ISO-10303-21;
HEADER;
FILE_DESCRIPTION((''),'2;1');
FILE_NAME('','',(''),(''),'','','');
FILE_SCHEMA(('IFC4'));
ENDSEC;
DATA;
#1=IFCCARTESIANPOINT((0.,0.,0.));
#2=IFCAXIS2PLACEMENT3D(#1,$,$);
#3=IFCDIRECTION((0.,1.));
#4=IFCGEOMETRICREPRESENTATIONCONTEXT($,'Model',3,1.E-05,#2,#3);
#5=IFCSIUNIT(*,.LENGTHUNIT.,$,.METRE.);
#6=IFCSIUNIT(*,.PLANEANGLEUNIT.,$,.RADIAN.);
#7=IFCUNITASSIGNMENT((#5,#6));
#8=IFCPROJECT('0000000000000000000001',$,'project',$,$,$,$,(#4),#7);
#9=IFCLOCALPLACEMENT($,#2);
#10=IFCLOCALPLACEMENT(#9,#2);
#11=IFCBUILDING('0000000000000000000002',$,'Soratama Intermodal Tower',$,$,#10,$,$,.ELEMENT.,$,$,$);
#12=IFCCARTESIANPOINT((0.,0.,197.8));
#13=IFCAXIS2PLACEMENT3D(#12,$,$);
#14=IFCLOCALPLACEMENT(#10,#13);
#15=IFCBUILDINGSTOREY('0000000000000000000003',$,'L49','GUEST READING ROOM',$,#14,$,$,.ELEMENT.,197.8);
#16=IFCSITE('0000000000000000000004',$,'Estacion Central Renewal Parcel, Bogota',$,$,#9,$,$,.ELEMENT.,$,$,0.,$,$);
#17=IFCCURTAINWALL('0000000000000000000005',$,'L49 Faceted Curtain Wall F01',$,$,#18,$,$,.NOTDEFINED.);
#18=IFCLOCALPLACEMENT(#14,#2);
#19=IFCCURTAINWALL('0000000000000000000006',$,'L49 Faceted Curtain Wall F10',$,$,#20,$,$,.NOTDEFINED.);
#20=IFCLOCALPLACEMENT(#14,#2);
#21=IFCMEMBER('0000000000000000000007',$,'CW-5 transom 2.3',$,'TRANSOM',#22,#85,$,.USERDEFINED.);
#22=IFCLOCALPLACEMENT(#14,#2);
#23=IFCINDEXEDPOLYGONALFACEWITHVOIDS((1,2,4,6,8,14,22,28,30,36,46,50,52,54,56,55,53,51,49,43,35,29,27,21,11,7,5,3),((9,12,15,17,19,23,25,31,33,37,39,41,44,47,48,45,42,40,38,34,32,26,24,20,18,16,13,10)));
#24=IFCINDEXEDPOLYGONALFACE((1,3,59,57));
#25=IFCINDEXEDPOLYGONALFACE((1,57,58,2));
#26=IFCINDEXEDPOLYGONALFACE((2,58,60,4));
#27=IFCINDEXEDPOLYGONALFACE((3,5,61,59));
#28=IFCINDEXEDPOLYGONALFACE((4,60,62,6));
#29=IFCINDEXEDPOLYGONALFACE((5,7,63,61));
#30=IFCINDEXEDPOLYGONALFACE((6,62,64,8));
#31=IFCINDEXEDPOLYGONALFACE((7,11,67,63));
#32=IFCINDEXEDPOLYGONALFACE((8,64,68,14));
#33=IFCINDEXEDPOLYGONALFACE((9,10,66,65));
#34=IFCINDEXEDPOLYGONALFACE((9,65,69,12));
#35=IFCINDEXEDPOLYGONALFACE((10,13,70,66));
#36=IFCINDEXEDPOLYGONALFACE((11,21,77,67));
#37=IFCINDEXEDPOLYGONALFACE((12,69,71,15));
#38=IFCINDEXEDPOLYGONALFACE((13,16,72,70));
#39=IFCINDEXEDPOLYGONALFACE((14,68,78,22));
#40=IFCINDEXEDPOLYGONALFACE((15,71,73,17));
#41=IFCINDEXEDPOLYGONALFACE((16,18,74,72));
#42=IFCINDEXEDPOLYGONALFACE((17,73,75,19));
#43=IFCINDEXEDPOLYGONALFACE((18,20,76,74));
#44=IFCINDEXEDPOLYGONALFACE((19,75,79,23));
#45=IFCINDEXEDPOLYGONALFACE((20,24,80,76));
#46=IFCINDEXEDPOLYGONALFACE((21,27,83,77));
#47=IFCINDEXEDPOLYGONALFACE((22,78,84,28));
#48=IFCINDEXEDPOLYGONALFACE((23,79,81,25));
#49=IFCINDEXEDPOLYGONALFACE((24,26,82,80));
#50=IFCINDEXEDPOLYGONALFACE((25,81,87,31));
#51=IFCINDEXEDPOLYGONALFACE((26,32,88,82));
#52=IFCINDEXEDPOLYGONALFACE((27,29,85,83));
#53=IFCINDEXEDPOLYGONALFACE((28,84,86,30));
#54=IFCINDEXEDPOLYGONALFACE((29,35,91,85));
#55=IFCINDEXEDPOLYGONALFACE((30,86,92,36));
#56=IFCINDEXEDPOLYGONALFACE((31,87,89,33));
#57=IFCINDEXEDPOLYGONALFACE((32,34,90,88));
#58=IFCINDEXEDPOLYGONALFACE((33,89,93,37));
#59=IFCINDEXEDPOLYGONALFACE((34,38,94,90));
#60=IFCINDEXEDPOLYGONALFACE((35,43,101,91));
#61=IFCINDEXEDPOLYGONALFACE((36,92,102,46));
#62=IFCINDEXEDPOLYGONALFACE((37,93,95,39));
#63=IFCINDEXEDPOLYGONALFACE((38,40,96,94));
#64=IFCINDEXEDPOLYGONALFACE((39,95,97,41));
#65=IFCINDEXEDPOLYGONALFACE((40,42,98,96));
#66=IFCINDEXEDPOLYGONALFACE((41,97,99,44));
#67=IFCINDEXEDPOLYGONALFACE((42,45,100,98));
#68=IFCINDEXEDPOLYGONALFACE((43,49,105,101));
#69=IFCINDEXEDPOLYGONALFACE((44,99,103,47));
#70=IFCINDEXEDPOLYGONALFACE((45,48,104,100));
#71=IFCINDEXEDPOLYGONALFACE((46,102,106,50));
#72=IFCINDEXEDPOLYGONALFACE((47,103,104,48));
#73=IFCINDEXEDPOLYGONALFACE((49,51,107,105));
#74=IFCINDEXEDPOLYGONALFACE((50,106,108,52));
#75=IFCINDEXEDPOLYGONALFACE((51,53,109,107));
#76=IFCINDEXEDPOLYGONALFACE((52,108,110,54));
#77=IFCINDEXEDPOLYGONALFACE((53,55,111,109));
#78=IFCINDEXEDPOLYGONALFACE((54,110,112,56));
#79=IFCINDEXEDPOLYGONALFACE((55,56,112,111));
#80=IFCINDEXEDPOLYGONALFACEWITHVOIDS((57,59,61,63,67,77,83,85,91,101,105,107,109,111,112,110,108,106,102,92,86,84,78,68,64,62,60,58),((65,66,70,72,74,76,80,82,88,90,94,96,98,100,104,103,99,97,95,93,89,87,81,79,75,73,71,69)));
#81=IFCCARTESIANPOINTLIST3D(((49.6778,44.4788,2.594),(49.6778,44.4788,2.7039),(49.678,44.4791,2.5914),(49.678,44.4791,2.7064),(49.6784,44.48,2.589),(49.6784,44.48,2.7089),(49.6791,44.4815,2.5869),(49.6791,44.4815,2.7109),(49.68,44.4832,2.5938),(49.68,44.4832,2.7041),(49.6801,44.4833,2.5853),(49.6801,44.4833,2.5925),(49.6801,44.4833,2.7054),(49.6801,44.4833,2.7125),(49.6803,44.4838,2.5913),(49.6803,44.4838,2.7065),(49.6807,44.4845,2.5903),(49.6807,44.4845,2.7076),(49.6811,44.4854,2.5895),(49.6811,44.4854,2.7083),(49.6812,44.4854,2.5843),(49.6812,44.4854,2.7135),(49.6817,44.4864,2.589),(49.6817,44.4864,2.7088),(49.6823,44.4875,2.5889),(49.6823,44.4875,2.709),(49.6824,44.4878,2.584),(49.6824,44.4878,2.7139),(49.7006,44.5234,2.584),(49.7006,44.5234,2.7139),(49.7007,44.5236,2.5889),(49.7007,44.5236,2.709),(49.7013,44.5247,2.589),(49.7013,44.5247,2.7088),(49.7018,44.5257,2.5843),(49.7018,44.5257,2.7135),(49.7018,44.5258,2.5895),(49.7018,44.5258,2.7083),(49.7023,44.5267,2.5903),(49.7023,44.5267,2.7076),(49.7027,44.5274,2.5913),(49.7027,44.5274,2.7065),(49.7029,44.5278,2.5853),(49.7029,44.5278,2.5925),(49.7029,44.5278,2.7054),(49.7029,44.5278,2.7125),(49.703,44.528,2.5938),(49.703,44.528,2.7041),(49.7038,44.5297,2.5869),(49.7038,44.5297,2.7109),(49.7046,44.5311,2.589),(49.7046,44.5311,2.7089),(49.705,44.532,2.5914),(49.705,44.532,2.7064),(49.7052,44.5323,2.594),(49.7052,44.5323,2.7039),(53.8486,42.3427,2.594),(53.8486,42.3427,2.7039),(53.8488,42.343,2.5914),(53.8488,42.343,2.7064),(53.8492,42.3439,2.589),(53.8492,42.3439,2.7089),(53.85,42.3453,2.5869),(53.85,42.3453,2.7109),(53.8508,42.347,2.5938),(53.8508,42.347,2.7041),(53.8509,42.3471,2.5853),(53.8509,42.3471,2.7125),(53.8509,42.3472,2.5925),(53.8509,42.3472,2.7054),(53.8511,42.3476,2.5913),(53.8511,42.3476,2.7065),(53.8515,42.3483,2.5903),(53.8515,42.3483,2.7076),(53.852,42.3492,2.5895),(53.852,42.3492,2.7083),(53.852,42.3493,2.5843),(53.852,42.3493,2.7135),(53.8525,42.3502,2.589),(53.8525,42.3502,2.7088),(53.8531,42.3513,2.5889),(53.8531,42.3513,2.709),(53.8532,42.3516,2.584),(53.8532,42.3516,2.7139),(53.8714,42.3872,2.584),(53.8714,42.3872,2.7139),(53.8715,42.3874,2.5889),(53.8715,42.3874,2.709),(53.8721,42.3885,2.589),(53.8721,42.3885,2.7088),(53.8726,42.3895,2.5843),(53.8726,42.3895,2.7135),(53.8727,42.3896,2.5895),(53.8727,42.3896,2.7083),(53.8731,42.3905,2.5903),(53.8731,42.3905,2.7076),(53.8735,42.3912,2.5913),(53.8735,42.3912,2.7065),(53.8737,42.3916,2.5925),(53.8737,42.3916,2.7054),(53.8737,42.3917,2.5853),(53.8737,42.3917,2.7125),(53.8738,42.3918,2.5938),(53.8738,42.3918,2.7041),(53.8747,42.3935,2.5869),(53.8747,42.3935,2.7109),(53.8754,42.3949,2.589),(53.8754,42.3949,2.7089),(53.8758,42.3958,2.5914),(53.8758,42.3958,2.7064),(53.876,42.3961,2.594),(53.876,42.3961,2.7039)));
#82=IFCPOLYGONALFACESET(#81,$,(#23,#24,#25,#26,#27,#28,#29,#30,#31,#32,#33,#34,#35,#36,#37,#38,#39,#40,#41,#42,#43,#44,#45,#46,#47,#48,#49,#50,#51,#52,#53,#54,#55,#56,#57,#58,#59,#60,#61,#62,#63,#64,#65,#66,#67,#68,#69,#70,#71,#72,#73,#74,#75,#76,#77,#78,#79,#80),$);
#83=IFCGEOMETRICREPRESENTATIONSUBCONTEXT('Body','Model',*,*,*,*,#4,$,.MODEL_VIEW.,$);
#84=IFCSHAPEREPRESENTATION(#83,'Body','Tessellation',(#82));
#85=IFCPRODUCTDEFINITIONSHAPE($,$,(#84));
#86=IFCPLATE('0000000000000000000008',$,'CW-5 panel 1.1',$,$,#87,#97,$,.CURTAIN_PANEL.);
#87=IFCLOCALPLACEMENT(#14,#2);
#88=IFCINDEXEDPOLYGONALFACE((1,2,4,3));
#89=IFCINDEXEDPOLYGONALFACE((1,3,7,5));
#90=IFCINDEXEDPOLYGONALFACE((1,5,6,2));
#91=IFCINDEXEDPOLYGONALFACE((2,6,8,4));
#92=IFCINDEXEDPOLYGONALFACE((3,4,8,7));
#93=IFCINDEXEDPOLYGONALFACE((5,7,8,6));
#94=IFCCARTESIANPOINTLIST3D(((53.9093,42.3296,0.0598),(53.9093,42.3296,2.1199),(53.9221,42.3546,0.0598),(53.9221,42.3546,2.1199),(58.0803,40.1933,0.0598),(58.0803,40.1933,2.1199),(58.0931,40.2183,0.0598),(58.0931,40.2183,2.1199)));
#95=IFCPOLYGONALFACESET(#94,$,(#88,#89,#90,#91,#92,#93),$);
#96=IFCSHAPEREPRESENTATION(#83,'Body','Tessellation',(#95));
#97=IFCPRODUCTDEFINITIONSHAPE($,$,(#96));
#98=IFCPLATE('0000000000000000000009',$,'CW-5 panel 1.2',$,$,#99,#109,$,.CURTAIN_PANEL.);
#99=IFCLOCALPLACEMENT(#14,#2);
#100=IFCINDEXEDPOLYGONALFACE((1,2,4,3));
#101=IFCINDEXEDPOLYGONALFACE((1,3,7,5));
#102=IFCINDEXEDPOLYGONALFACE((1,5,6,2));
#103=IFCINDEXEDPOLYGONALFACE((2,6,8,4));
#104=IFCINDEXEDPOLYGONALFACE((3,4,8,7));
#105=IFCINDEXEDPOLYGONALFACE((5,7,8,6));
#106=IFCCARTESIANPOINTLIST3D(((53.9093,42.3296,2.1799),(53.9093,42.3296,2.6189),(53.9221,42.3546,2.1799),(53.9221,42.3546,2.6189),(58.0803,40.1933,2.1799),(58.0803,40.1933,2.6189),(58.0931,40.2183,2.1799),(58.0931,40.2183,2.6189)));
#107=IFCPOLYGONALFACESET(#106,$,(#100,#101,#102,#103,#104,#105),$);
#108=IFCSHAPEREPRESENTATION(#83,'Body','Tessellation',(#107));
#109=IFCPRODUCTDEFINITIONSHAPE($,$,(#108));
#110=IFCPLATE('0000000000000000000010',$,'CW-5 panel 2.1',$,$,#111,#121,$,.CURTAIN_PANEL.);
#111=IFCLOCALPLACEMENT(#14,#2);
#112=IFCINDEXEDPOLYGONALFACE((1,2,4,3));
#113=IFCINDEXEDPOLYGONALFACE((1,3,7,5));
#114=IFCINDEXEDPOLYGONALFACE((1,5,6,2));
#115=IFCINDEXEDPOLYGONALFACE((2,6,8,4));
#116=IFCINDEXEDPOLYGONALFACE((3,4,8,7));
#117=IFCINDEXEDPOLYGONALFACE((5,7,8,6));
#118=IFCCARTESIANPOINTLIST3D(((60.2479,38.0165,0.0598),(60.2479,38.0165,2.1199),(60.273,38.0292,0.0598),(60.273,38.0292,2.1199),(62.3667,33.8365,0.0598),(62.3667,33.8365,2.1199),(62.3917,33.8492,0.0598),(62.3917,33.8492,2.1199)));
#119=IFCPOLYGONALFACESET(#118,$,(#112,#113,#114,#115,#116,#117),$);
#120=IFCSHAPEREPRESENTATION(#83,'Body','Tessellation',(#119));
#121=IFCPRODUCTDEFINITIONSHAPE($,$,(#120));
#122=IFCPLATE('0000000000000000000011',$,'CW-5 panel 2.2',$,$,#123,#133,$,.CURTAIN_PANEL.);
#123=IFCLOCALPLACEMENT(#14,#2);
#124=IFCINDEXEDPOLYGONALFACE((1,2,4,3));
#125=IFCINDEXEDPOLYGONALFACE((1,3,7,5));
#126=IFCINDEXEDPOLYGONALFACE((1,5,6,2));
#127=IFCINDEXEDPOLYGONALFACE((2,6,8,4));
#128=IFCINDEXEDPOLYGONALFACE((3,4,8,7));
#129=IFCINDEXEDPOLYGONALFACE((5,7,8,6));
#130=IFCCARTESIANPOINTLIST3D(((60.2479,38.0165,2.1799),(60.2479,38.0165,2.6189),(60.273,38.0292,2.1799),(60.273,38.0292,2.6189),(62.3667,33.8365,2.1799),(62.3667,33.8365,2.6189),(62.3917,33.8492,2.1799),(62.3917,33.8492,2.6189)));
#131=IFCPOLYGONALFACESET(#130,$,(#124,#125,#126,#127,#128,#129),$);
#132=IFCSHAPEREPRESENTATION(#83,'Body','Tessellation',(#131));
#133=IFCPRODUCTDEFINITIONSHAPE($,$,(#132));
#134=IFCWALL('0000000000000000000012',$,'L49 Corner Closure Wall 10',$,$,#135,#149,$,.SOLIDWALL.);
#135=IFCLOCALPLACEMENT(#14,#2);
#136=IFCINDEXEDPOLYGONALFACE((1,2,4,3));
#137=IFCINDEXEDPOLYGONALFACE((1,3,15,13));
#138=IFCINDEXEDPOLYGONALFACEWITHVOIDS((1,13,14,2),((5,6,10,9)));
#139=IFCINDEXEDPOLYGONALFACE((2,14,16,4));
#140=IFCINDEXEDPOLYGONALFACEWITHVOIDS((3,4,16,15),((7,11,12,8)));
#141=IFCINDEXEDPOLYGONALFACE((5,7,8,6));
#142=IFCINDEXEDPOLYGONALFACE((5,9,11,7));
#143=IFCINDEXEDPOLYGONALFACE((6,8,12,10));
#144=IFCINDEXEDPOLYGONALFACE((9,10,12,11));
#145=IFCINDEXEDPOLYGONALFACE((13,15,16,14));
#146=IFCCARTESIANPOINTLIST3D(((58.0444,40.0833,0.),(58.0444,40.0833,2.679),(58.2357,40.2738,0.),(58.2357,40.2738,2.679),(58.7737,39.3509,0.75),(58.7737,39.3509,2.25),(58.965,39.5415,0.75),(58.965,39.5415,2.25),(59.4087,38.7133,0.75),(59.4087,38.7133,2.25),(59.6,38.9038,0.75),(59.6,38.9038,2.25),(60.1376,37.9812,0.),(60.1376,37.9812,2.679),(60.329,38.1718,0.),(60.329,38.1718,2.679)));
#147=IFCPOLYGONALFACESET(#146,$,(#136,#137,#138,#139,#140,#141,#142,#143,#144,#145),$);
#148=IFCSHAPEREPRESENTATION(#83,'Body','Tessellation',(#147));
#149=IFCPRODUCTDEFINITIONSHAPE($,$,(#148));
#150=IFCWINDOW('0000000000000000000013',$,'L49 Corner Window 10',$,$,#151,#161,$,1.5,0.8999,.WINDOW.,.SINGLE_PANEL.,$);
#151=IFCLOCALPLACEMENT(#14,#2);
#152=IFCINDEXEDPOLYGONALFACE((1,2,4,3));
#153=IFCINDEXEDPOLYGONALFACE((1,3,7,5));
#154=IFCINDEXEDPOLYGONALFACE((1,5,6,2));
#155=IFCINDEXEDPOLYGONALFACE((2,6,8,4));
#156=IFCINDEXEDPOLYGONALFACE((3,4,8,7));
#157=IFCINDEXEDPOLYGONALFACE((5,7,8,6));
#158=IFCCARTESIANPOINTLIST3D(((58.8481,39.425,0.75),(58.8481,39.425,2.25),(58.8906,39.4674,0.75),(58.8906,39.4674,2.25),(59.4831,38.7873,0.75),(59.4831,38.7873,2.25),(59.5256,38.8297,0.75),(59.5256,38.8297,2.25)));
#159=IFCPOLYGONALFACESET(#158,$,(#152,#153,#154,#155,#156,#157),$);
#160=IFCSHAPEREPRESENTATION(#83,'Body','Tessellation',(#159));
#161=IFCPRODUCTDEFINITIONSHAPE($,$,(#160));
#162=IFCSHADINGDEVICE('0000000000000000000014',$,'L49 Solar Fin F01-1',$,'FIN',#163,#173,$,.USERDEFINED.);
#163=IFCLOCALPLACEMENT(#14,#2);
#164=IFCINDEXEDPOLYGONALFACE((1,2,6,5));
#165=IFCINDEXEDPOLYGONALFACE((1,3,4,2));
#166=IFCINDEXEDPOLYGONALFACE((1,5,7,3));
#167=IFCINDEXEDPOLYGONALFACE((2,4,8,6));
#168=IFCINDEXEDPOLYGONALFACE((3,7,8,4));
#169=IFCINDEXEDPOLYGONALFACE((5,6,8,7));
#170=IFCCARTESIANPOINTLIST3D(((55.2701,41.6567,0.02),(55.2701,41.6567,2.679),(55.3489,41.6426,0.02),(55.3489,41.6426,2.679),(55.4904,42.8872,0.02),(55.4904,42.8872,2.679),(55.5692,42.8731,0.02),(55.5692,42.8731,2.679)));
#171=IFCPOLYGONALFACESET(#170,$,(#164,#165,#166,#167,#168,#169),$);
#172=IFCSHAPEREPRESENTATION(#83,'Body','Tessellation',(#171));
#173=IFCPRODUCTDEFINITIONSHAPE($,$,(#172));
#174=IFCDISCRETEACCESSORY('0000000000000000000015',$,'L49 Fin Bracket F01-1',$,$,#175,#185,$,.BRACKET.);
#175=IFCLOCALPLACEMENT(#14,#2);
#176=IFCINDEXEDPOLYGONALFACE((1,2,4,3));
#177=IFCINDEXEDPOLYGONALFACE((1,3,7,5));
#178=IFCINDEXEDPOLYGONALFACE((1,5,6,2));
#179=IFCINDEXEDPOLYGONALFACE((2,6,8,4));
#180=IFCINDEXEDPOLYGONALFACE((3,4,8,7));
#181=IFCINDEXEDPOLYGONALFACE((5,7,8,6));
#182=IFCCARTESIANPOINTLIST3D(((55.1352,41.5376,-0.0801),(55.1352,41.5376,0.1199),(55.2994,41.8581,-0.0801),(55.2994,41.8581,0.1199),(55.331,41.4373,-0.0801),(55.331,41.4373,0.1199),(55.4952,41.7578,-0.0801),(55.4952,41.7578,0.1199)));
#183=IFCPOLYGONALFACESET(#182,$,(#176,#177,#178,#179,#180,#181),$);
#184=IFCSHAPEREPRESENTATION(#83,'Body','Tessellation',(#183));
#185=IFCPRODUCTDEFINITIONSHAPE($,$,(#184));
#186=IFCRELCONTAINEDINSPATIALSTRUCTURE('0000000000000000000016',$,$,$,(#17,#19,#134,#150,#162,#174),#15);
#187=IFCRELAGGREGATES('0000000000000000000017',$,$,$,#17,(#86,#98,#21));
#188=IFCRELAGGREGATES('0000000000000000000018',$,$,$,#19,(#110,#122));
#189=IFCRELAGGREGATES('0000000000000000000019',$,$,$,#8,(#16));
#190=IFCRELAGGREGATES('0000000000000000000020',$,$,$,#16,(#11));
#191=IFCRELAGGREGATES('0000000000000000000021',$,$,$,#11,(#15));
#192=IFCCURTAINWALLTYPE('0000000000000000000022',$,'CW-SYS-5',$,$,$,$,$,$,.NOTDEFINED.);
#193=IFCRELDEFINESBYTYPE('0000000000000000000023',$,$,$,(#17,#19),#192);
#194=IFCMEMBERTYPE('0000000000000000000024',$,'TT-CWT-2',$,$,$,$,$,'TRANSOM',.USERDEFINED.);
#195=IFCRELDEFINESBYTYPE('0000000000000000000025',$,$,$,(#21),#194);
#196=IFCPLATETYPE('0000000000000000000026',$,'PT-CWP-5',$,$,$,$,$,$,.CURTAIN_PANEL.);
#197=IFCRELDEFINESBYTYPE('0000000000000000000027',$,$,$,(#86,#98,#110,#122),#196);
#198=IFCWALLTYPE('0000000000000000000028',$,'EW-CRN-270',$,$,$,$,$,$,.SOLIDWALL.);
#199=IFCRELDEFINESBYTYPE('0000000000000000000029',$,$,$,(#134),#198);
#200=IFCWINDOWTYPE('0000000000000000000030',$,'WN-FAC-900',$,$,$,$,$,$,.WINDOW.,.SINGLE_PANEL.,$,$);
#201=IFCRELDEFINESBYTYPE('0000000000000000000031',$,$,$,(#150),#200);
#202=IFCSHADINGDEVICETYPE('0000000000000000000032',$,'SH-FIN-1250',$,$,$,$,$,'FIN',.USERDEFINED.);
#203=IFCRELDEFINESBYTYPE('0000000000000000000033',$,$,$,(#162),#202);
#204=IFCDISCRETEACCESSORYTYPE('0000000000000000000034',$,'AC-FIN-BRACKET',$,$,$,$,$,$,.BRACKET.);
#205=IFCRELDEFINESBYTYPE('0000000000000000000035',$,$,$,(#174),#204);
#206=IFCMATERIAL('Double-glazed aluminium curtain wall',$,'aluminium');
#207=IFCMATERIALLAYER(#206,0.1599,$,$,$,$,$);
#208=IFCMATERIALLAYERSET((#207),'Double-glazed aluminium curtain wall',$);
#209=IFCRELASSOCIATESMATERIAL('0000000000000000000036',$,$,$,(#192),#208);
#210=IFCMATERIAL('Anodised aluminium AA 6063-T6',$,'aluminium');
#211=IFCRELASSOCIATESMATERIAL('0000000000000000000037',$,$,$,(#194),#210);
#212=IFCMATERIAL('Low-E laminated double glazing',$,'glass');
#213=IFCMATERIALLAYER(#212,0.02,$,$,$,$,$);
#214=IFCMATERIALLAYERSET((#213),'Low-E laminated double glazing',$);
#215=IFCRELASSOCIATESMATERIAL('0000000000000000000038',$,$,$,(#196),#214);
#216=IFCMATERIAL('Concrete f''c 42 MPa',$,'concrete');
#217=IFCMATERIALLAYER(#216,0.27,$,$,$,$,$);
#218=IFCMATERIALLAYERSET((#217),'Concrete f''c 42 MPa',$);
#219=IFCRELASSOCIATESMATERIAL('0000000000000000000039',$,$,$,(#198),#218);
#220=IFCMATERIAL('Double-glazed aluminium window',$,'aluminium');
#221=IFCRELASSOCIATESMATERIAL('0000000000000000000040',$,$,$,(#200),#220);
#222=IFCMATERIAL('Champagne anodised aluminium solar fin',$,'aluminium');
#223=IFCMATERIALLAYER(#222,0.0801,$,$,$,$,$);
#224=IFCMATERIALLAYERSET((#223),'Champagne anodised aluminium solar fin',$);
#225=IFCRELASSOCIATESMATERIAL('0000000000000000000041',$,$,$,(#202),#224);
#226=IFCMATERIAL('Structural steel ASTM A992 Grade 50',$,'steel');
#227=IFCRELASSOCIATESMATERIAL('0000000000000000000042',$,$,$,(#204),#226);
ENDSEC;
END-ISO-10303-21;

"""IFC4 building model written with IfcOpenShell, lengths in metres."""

from ifc_helpers import new_model, si_unit, direction, frame, frame_2d, origin, origin_2d, place, context, subcontext, project, spatial, rectangle, hollow_rectangle, extrude, material, layer, layer_set, material_profile, profile_set, type_object, element, fill, aggregate, save


model = new_model("IFC4")

# Units and contexts
model_context = context("Model", 3, precision=1e-05, world=origin(), true_north=direction((0.0, 1.0)))
body_context = subcontext(model_context, "Body", "Model", "MODEL_VIEW")
ifc_project = project(units=[si_unit("LENGTHUNIT", "METRE"), si_unit("PLANEANGLEUNIT", "RADIAN")], contexts=[model_context])

# Site, building, storey
site_placement = place(None, origin())
site = spatial("IfcSite", under=ifc_project, at=site_placement, Name="Estacion Central Renewal Parcel, Bogota", CompositionType="ELEMENT", RefElevation=0.0)
building_placement = place(site_placement, origin())
building = spatial("IfcBuilding", under=site, at=building_placement, Name="Soratama Intermodal Tower", CompositionType="ELEMENT")
storey_placement = place(building_placement, frame((0.0, 0.0, 197.8)))
storey = spatial("IfcBuildingStorey", under=building, at=storey_placement, Name="L49", Description="GUEST READING ROOM", CompositionType="ELEMENT", Elevation=197.8)

# Curtain wall
ifc_material_1 = material(Name="Double-glazed aluminium curtain wall", Category="aluminium")
ifc_layer_1 = layer(ifc_material_1, 0.1599)
ifc_layer_set_1 = layer_set([ifc_layer_1], Name="Double-glazed aluminium curtain wall")
curtain_wall_type = type_object("IfcCurtainWallType", Name="CW-SYS-5", PredefinedType="NOTDEFINED", material=ifc_layer_set_1)
curtain_wall_1_placement = place(storey_placement, origin())
curtain_wall_1 = element("IfcCurtainWall", 1, at=curtain_wall_1_placement, inside=storey, type_object=curtain_wall_type, Name="L49 Faceted Curtain Wall F01", PredefinedType="NOTDEFINED")

# Curtain wall
curtain_wall_2_placement = place(storey_placement, origin())
curtain_wall_2 = element("IfcCurtainWall", 2, at=curtain_wall_2_placement, inside=storey, type_object=curtain_wall_type, Name="L49 Faceted Curtain Wall F10", PredefinedType="NOTDEFINED")

# Member
ifc_material_2 = material(Name="Anodised aluminium AA 6063-T6", Category="aluminium")
ifc_material_profile_1 = material_profile(ifc_material_2, hollow_rectangle(XDim=0.0601, YDim=0.1299, WallThickness=0.0049, InnerFilletRadius=0.0049, OuterFilletRadius=0.01, at=origin_2d()), Name="CWT130X60X5")
ifc_profile_set_1 = profile_set([ifc_material_profile_1], Name="Anodised aluminium AA 6063-T6")
member_type_1 = type_object("IfcMemberType", Name="TT-CWT-2", ElementType="TRANSOM", PredefinedType="USERDEFINED", material=ifc_profile_set_1)
member_1_placement = place(storey_placement, frame((53.8623, 42.3694, 2.6489), z_axis=(-0.890051, 0.455862, 0.0), x_axis=(-0.455862, -0.890051, 0.0)))
member_1 = element("IfcMember", 3, at=member_1_placement, type_object=member_type_1, Name="CW-5 transom 2.3", ObjectType="TRANSOM", PredefinedType="USERDEFINED", context=body_context, shape_type="SweptSolid", body=[
    extrude(hollow_rectangle(XDim=0.0601, YDim=0.1299, WallThickness=0.0049, InnerFilletRadius=0.0049, OuterFilletRadius=0.01, at=origin_2d()), origin(), (0.0, 0.0, 1.0), 4.686),
])

# Plates
ifc_material_3 = material(Name="Low-E laminated double glazing", Category="glass")
ifc_layer_2 = layer(ifc_material_3, 0.02)
ifc_layer_set_2 = layer_set([ifc_layer_2], Name="Low-E laminated double glazing")
plate_type = type_object("IfcPlateType", Name="PT-CWP-5", PredefinedType="CURTAIN_PANEL", material=ifc_layer_set_2)
plate_1_placement = place(storey_placement, frame((56.0012, 41.2739, 0.0598), z_axis=(0.0, 0.0, 1.0), x_axis=(-0.890051, 0.45586, 0.0)))
plate_1 = element("IfcPlate", 4, at=plate_1_placement, type_object=plate_type, Name="CW-5 panel 1.1", PredefinedType="CURTAIN_PANEL", context=body_context, shape_type="SweptSolid", body=[
    extrude(rectangle(XDim=4.6863, YDim=0.0281, at=origin_2d()), origin(), (0.0, 0.0, 1.0), 2.0601),
])
plate_2_placement = place(storey_placement, frame((56.0012, 41.2739, 2.1799), z_axis=(0.0, 0.0, 1.0), x_axis=(-0.890051, 0.45586, 0.0)))
plate_2 = element("IfcPlate", 5, at=plate_2_placement, type_object=plate_type, Name="CW-5 panel 1.2", PredefinedType="CURTAIN_PANEL", context=body_context, shape_type="SweptSolid", body=[
    extrude(rectangle(XDim=4.6863, YDim=0.0281, at=origin_2d()), origin(), (0.0, 0.0, 1.0), 0.439),
])
aggregate(curtain_wall_1, [plate_1, plate_2, member_1])
plate_3_placement = place(storey_placement, frame((61.3198, 35.9329, 0.0598), z_axis=(0.0, 0.0, 1.0), x_axis=(-0.452119, 0.891958, 0.0)))
plate_3 = element("IfcPlate", 6, at=plate_3_placement, type_object=plate_type, Name="CW-5 panel 2.1", PredefinedType="CURTAIN_PANEL", context=body_context, shape_type="SweptSolid", body=[
    extrude(rectangle(XDim=4.6863, YDim=0.0281, at=origin_2d()), origin(), (0.0, 0.0, 1.0), 2.0601),
])
plate_4_placement = place(storey_placement, frame((61.3198, 35.9329, 2.1799), z_axis=(0.0, 0.0, 1.0), x_axis=(-0.452119, 0.891958, 0.0)))
plate_4 = element("IfcPlate", 7, at=plate_4_placement, type_object=plate_type, Name="CW-5 panel 2.2", PredefinedType="CURTAIN_PANEL", context=body_context, shape_type="SweptSolid", body=[
    extrude(rectangle(XDim=4.6863, YDim=0.0281, at=origin_2d()), origin(), (0.0, 0.0, 1.0), 0.439),
])
aggregate(curtain_wall_2, [plate_3, plate_4])

# Wall, opening, window
ifc_material_4 = material(Name="Concrete f'c 42 MPa", Category="concrete")
ifc_layer_3 = layer(ifc_material_4, 0.27)
ifc_layer_set_3 = layer_set([ifc_layer_3], Name="Concrete f'c 42 MPa")
wall_type = type_object("IfcWallType", Name="EW-CRN-270", PredefinedType="SOLIDWALL", material=ifc_layer_set_3)
wall_placement = place(storey_placement, frame((60.2334, 38.0764, 0.0), z_axis=(0.0, 0.0, 1.0), x_axis=(-0.705624, 0.708587, 0.0)))
wall = element("IfcWall", 8, at=wall_placement, inside=storey, type_object=wall_type, Name="L49 Corner Closure Wall 10", PredefinedType="SOLIDWALL", context=body_context, shape_type="SweptSolid", body=[
    extrude(rectangle(XDim=2.9666, YDim=0.27, at=frame_2d((1.4834, 0.0))), origin(), (0.0, 0.0, 1.0), 2.679),
])
opening_placement = place(wall_placement, frame((1.0332, 0.0, 0.75)))
opening = element("IfcOpeningElement", 9, at=opening_placement, cuts=wall, PredefinedType="OPENING", context=body_context, shape_type="SweptSolid", body=[
    extrude(rectangle(XDim=0.8999, YDim=1.5, at=frame_2d((0.45, 0.75))), frame((0.0, 0.145, 0.0), z_axis=(0.0, -1.0, 0.0), x_axis=(1.0, 0.0, 0.0)), (0.0, 0.0, 1.0), 0.29),
])
ifc_material_5 = material(Name="Double-glazed aluminium window", Category="aluminium")
window_type = type_object("IfcWindowType", Name="WN-FAC-900", PartitioningType="SINGLE_PANEL", PredefinedType="WINDOW", material=ifc_material_5)
window_placement = place(opening_placement, origin())
window = element("IfcWindow", 10, at=window_placement, inside=storey, type_object=window_type, Name="L49 Corner Window 10", OverallHeight=1.5, OverallWidth=0.8999, PartitioningType="SINGLE_PANEL", PredefinedType="WINDOW", context=body_context, shape_type="SweptSolid", body=[
    extrude(rectangle(XDim=0.8999, YDim=1.5, at=frame_2d((0.45, 0.75))), frame((0.0, 0.03, 0.0), z_axis=(0.0, -1.0, 0.0), x_axis=(1.0, 0.0, 0.0)), (0.0, 0.0, 1.0), 0.0601),
])
fill(opening, window)

# Shading device
ifc_material_6 = material(Name="Champagne anodised aluminium solar fin", Category="aluminium")
ifc_layer_4 = layer(ifc_material_6, 0.0801)
ifc_layer_set_4 = layer_set([ifc_layer_4], Name="Champagne anodised aluminium solar fin")
shading_device_type = type_object("IfcShadingDeviceType", Name="SH-FIN-1250", ElementType="FIN", PredefinedType="USERDEFINED", material=ifc_layer_set_4)
shading_device_placement = place(storey_placement, frame((55.4197, 42.2649, 0.02), z_axis=(0.0, 0.0, 1.0), x_axis=(0.176226, 0.98435, 0.0)))
element("IfcShadingDevice", 11, at=shading_device_placement, inside=storey, type_object=shading_device_type, Name="L49 Solar Fin F01-1", ObjectType="FIN", PredefinedType="USERDEFINED", context=body_context, shape_type="SweptSolid", body=[
    extrude(rectangle(XDim=1.25, YDim=0.0801, at=origin_2d()), origin(), (0.0, 0.0, 1.0), 2.6589),
])

# Discrete accessory
ifc_material_7 = material(Name="Structural steel ASTM A992 Grade 50", Category="steel")
discrete_accessory_type = type_object("IfcDiscreteAccessoryType", Name="AC-FIN-BRACKET", PredefinedType="BRACKET", material=ifc_material_7)
discrete_accessory_placement = place(storey_placement, frame((55.3152, 41.6477, -0.0801), z_axis=(0.0, 0.0, 1.0), x_axis=(0.455856, 0.890054, 0.0)))
element("IfcDiscreteAccessory", 12, at=discrete_accessory_placement, inside=storey, type_object=discrete_accessory_type, Name="L49 Fin Bracket F01-1", PredefinedType="BRACKET", context=body_context, shape_type="SweptSolid", body=[
    extrude(rectangle(XDim=0.3601, YDim=0.22, at=origin_2d()), origin(), (0.0, 0.0, 1.0), 0.2),
])

save(model, "model.ifc")
